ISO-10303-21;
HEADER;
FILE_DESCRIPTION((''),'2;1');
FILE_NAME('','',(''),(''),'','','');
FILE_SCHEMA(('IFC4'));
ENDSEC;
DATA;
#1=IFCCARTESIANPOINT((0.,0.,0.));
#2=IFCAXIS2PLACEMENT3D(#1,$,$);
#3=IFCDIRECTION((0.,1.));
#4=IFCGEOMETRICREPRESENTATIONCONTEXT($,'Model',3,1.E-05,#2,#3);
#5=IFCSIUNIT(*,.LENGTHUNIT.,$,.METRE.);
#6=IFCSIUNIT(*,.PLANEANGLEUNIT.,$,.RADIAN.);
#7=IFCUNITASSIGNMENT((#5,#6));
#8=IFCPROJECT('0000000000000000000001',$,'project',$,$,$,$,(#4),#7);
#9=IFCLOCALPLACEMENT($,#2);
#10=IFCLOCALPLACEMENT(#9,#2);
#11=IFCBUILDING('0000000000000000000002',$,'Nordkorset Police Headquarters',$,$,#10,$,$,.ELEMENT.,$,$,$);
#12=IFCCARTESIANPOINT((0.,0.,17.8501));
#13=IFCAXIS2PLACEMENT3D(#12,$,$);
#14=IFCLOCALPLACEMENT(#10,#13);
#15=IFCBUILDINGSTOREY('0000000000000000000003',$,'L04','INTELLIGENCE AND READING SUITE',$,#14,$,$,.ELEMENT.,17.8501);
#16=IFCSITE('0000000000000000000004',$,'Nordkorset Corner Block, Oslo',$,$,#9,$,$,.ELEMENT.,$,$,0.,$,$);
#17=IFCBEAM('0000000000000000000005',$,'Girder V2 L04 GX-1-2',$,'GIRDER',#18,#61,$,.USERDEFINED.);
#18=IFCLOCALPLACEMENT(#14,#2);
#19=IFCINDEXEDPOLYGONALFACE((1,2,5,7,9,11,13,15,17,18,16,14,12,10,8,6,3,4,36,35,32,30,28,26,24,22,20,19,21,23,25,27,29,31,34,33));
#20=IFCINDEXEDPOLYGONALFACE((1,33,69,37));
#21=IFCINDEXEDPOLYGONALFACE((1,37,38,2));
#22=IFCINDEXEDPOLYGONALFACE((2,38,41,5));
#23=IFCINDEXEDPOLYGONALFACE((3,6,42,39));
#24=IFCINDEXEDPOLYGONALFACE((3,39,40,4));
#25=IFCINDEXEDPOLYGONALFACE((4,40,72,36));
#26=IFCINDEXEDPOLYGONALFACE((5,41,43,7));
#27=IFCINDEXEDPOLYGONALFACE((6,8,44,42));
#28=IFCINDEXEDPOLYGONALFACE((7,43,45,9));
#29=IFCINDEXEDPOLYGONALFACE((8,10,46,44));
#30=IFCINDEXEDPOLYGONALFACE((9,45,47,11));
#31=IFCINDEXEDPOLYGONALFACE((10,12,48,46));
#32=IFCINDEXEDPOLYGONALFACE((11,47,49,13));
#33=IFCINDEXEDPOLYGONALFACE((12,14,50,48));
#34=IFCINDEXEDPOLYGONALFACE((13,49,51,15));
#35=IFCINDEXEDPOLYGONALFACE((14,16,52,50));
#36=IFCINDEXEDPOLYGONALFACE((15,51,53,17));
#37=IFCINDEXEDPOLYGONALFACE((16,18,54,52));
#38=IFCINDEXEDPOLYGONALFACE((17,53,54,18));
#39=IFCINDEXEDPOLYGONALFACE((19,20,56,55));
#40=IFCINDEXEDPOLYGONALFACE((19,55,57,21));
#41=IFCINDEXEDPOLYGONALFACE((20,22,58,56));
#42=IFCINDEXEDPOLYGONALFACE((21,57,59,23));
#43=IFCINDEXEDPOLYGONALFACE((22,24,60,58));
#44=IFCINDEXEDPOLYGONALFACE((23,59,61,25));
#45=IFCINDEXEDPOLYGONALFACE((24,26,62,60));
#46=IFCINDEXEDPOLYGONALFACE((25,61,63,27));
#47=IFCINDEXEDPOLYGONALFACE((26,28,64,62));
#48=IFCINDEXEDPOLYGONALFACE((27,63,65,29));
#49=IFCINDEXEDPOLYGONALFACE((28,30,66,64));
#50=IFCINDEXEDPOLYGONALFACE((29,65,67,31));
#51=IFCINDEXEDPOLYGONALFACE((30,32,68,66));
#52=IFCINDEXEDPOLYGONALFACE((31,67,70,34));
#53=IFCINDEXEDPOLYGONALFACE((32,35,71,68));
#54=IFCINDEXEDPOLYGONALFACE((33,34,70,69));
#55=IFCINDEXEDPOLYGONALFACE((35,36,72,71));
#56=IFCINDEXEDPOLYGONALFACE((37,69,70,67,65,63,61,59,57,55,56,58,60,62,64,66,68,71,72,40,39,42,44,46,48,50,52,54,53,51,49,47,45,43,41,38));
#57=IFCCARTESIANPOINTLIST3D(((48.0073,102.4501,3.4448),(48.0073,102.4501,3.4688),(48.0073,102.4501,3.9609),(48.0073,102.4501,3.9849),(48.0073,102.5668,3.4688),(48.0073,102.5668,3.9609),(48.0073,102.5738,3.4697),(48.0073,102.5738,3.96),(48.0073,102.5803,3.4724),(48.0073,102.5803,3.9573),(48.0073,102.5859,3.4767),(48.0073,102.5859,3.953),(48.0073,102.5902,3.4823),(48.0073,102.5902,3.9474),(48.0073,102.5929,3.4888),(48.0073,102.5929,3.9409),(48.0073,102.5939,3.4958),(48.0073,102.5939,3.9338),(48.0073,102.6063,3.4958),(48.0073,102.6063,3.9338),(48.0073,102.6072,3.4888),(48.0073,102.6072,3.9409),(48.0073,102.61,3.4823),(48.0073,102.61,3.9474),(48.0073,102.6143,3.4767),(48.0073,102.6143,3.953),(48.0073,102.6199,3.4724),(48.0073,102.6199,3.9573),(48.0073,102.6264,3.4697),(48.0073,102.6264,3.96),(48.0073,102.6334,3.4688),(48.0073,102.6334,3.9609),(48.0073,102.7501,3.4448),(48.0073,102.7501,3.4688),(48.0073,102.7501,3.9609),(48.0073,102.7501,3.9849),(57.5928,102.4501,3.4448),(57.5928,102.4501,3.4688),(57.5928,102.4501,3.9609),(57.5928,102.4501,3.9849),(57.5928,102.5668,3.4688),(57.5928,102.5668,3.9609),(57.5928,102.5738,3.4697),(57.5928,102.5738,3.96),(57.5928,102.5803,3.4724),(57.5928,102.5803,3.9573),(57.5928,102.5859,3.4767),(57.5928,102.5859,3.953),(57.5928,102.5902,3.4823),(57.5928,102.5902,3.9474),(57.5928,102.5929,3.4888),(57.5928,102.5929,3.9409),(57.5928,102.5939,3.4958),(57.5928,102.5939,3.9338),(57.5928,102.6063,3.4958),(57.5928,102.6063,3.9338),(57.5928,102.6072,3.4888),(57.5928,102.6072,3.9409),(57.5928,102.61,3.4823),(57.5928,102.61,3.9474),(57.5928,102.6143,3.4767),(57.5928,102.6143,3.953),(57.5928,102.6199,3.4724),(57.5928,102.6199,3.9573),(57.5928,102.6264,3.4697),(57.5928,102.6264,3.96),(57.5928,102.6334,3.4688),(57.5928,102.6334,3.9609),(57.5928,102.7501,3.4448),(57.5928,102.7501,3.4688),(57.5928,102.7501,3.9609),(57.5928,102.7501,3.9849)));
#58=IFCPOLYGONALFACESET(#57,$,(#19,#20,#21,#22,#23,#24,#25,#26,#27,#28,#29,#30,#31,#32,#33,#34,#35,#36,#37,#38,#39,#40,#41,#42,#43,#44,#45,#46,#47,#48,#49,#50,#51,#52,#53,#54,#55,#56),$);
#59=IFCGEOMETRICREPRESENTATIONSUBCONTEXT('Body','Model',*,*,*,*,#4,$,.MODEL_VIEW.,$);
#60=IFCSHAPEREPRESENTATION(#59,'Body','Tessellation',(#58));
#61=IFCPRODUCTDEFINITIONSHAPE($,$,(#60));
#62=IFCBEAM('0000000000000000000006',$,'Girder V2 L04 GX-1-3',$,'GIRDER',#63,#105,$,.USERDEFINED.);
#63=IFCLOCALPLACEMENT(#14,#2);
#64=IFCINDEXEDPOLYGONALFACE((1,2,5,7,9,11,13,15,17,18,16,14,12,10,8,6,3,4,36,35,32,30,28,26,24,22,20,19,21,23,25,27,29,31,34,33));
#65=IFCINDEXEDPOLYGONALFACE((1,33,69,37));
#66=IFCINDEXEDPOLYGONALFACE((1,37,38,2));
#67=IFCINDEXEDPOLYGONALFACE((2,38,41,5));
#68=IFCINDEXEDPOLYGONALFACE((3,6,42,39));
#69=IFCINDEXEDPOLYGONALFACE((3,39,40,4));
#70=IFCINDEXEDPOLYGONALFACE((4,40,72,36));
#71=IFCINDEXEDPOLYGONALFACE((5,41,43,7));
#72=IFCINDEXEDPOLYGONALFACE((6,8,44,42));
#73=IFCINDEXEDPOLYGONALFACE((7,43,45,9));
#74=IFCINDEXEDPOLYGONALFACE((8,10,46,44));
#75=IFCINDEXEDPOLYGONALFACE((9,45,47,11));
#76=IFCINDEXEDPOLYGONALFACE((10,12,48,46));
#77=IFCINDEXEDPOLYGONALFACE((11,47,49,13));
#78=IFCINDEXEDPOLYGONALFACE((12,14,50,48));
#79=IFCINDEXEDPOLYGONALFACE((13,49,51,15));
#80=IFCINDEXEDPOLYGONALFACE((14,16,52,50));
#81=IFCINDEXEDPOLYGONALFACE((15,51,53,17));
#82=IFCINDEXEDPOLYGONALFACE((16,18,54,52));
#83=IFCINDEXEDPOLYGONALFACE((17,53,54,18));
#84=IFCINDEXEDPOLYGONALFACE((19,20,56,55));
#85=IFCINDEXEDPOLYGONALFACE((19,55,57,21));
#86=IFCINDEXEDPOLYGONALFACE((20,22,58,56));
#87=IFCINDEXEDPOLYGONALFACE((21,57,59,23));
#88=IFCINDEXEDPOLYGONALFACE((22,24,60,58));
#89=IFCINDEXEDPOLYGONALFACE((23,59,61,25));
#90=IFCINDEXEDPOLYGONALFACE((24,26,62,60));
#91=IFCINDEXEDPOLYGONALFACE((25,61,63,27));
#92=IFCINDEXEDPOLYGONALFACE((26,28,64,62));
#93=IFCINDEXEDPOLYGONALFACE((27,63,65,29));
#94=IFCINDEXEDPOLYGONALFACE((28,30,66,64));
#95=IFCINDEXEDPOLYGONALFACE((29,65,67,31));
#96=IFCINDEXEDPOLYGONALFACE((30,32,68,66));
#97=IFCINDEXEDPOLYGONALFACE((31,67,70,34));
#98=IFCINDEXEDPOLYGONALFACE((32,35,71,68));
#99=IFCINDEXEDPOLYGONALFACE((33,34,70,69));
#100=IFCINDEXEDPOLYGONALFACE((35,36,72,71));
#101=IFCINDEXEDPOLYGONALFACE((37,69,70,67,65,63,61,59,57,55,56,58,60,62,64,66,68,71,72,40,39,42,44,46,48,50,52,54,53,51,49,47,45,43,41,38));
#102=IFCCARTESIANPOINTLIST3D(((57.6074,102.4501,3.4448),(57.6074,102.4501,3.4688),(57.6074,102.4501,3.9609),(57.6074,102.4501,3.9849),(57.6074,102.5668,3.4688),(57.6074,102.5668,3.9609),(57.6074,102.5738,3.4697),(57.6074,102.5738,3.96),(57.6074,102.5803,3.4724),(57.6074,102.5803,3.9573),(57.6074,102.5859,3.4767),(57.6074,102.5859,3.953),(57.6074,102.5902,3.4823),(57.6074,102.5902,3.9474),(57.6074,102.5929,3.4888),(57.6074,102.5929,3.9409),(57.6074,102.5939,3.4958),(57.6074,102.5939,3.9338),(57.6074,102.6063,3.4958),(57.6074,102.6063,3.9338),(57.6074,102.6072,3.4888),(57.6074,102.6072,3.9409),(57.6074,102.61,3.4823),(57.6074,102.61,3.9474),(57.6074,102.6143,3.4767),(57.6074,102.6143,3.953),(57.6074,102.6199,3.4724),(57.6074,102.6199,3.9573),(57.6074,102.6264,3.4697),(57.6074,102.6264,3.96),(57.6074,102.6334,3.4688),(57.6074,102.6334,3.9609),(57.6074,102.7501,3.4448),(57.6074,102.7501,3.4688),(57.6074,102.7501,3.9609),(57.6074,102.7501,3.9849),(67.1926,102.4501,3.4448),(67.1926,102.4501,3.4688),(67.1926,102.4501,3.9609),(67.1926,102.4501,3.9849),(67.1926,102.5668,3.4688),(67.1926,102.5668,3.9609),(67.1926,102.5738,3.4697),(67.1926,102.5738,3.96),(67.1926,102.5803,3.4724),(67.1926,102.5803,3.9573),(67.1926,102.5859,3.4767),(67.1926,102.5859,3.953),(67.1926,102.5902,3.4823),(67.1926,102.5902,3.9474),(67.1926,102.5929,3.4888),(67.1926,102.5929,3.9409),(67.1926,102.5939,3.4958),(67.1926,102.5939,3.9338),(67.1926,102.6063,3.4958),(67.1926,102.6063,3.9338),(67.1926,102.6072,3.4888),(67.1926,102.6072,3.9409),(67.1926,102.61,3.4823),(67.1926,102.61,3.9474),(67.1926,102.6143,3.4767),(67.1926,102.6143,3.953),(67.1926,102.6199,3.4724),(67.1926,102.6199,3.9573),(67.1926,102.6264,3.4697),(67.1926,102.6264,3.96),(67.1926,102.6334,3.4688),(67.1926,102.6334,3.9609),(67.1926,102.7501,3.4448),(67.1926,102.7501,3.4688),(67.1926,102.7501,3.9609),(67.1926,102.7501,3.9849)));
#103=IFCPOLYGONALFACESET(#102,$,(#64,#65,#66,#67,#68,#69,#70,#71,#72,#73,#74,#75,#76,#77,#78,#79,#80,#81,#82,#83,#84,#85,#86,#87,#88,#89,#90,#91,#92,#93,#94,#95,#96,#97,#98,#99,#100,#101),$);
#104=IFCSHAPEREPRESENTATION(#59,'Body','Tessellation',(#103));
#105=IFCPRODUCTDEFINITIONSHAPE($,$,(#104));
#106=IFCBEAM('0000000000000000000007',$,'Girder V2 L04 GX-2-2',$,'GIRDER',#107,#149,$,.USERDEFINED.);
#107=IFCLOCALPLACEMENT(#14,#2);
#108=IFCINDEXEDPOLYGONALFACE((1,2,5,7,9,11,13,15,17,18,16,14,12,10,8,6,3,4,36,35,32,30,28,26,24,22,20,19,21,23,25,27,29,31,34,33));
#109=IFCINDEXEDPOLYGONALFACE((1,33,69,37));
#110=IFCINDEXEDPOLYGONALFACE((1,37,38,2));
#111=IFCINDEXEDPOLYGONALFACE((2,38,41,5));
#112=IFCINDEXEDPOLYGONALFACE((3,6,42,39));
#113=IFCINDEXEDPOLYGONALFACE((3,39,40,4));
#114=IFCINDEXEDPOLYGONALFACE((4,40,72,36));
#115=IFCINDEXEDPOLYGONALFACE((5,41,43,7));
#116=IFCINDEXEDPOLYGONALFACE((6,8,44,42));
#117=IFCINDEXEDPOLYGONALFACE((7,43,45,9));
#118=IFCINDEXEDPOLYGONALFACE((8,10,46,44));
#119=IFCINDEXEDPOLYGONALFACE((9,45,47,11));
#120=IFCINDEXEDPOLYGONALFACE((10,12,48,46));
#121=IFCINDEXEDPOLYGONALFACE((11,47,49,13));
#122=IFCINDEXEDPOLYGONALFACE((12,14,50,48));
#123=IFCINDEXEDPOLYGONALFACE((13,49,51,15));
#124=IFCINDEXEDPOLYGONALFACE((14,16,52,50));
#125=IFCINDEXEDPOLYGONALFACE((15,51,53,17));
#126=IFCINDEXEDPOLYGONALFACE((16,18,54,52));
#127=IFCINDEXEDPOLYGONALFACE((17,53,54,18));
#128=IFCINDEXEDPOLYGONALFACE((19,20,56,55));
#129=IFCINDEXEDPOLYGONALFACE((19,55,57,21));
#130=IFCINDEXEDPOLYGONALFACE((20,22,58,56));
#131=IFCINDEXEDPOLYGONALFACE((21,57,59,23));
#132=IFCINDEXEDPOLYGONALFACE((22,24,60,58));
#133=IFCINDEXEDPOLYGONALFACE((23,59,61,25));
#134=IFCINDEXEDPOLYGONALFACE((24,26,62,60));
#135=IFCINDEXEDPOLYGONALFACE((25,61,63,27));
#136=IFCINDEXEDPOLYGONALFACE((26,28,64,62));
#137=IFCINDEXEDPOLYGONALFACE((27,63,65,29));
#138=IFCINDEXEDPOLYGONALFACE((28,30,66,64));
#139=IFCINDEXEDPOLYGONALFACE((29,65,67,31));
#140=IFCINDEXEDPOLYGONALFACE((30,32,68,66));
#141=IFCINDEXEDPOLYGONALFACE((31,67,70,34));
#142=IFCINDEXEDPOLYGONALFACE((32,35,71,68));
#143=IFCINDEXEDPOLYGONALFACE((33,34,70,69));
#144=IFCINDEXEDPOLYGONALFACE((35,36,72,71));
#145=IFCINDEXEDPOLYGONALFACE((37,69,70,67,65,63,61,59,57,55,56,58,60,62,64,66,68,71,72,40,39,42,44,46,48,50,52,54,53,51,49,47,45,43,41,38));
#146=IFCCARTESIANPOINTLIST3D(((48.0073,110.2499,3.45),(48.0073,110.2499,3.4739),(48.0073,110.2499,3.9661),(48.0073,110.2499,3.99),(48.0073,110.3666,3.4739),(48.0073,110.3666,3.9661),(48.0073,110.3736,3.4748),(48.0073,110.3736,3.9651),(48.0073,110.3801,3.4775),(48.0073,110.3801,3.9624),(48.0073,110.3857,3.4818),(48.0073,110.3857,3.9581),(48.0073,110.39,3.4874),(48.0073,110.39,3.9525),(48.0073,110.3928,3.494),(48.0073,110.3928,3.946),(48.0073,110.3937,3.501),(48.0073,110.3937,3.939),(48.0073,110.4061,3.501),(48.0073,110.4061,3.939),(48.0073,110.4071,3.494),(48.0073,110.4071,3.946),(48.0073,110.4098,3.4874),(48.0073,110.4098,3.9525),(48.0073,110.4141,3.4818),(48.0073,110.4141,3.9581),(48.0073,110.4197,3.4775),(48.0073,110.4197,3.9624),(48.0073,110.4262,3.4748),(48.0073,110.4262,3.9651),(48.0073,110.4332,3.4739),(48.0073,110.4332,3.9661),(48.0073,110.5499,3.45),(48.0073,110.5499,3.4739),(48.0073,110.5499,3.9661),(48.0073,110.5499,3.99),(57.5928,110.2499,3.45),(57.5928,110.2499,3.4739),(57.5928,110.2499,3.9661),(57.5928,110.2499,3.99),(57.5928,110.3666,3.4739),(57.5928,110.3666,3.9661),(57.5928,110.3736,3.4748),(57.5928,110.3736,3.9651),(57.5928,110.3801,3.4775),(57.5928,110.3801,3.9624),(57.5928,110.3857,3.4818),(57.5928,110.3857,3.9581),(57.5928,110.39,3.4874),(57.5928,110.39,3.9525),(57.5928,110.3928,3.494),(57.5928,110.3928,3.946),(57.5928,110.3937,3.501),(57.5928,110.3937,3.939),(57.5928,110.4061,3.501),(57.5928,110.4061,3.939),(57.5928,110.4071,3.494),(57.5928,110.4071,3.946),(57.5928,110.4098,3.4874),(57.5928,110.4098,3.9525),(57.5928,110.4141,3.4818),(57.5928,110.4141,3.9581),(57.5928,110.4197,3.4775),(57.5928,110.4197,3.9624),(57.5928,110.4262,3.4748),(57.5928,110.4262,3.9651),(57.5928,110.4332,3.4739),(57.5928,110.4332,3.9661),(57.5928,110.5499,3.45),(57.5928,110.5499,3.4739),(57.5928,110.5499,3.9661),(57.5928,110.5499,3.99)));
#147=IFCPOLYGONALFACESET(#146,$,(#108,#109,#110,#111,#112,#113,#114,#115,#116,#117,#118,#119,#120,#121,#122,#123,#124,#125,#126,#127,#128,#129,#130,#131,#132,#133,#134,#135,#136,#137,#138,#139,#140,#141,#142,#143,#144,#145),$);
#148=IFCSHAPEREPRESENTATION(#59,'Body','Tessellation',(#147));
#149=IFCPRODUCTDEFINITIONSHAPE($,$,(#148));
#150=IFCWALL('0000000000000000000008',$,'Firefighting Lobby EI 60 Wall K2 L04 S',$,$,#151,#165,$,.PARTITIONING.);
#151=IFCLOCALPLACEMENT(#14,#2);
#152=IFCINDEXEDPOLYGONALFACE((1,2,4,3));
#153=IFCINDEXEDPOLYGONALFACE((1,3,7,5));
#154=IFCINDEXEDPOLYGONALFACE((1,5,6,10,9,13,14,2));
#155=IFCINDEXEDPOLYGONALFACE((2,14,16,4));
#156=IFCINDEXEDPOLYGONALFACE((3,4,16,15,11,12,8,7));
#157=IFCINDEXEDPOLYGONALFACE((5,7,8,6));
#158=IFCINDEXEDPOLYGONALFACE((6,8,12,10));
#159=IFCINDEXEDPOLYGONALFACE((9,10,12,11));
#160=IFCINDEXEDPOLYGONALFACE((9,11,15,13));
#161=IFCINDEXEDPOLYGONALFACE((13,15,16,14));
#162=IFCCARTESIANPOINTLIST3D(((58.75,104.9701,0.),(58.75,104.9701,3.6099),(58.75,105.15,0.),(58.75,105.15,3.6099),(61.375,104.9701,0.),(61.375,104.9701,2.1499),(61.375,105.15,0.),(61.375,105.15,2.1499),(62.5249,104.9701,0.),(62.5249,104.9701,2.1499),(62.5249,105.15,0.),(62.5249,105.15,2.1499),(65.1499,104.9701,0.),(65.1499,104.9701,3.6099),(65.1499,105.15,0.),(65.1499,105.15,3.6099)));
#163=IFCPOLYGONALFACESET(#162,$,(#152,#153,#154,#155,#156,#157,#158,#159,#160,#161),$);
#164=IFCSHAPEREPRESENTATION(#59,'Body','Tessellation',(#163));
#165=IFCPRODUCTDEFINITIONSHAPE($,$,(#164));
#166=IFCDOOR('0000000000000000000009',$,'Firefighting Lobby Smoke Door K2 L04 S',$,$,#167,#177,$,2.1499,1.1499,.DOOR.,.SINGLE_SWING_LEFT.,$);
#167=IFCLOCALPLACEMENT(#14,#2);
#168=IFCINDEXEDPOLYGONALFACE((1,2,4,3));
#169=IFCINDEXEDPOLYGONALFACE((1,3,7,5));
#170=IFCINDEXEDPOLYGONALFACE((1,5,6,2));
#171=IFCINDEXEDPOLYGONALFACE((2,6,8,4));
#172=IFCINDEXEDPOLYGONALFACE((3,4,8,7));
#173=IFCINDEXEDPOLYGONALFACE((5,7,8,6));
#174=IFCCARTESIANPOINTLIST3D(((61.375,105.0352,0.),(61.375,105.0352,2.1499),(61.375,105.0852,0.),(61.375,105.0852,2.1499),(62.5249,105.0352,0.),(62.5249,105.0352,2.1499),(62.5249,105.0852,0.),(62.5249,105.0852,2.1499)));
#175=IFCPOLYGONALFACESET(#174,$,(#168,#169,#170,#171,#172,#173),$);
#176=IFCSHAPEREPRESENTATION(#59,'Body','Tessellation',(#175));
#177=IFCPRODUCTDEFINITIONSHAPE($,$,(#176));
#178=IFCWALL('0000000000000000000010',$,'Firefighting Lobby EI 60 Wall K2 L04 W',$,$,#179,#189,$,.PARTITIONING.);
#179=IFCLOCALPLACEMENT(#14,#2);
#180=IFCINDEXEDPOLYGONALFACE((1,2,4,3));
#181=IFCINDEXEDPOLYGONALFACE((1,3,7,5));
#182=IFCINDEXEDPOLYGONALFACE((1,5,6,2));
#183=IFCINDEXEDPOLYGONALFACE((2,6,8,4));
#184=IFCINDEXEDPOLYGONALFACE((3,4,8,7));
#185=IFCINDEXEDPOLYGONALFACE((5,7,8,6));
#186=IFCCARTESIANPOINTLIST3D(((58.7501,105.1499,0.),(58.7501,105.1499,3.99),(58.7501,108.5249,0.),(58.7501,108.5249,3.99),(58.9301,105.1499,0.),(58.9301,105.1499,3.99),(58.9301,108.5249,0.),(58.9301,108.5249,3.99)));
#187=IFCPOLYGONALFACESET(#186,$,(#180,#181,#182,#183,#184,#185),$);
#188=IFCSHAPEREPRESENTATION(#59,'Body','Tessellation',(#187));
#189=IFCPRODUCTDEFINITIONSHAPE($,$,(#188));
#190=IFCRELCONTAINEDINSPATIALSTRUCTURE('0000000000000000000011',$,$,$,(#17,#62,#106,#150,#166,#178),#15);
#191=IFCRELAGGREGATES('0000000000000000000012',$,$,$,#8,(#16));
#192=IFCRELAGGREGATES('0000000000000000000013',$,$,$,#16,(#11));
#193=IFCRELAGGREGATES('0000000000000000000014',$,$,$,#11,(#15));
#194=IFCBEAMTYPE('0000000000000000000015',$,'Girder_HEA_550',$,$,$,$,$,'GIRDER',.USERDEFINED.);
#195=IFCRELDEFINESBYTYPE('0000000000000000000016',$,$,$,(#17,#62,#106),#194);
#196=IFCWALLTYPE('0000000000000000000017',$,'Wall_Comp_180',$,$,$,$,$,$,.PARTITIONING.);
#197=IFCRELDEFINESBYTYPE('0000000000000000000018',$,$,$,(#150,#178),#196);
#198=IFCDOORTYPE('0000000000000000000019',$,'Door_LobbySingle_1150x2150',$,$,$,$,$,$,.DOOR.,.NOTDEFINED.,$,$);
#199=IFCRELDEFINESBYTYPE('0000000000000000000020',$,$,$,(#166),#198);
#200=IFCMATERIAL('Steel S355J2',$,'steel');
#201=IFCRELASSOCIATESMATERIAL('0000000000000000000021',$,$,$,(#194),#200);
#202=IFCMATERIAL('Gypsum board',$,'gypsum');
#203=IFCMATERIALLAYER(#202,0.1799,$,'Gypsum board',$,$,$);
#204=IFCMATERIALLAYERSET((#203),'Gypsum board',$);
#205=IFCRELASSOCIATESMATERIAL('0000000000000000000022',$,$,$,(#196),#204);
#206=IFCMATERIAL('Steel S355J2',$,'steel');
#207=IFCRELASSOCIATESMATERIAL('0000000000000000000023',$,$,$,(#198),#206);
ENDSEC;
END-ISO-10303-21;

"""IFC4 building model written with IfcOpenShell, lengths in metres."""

from ifc_helpers import new_model, si_unit, direction, frame, frame_2d, origin, origin_2d, place, context, subcontext, project, spatial, rectangle, i_section, extrude, material, layer, layer_set, material_profile, profile_set, type_object, element, fill, save


model = new_model("IFC4")

# Units and contexts
model_context = context("Model", 3, precision=1e-05, world=origin(), true_north=direction((0.0, 1.0)))
body_context = subcontext(model_context, "Body", "Model", "MODEL_VIEW")
ifc_project = project(units=[si_unit("LENGTHUNIT", "METRE"), si_unit("PLANEANGLEUNIT", "RADIAN")], contexts=[model_context])

# Site, building, storey
site_placement = place(None, origin())
site = spatial("IfcSite", under=ifc_project, at=site_placement, Name="Nordkorset Corner Block, Oslo", CompositionType="ELEMENT", RefElevation=0.0)
building_placement = place(site_placement, origin())
building = spatial("IfcBuilding", under=site, at=building_placement, Name="Nordkorset Police Headquarters", CompositionType="ELEMENT")
storey_placement = place(building_placement, frame((0.0, 0.0, 17.8501)))
storey = spatial("IfcBuildingStorey", under=building, at=storey_placement, Name="L04", Description="INTELLIGENCE AND READING SUITE", CompositionType="ELEMENT", Elevation=17.8501)

# Beams
ifc_material_1 = material(Name="Steel S355J2", Category="steel")
ifc_material_profile_1 = material_profile(ifc_material_1, i_section(OverallWidth=0.3, OverallDepth=0.54, WebThickness=0.0125, FlangeThickness=0.0239, FilletRadius=0.0271, at=origin_2d()), Name="HEA 550")
ifc_profile_set_1 = profile_set([ifc_material_profile_1], Name="Steel S355J2")
beam_type_1 = type_object("IfcBeamType", Name="Girder_HEA_550", ElementType="GIRDER", PredefinedType="USERDEFINED", material=ifc_profile_set_1)
beam_1_placement = place(storey_placement, frame((48.0073, 102.6001, 3.7148), z_axis=(1.0, 0.0, 0.0), x_axis=(0.0, 1.0, 0.0)))
element("IfcBeam", 1, at=beam_1_placement, inside=storey, type_object=beam_type_1, Name="Girder V2 L04 GX-1-2", ObjectType="GIRDER", PredefinedType="USERDEFINED", context=body_context, shape_type="SweptSolid", body=[
    extrude(i_section(OverallWidth=0.3, OverallDepth=0.54, WebThickness=0.0125, FlangeThickness=0.0239, FilletRadius=0.0271, at=origin_2d()), origin(), (0.0, 0.0, 1.0), 9.5854),
])
beam_2_placement = place(storey_placement, frame((57.6074, 102.6001, 3.7148), z_axis=(1.0, 0.0, 0.0), x_axis=(0.0, 1.0, 0.0)))
element("IfcBeam", 2, at=beam_2_placement, inside=storey, type_object=beam_type_1, Name="Girder V2 L04 GX-1-3", ObjectType="GIRDER", PredefinedType="USERDEFINED", context=body_context, shape_type="SweptSolid", body=[
    extrude(i_section(OverallWidth=0.3, OverallDepth=0.54, WebThickness=0.0125, FlangeThickness=0.0239, FilletRadius=0.0271, at=origin_2d()), origin(), (0.0, 0.0, 1.0), 9.5852),
])
beam_3_placement = place(storey_placement, frame((48.0073, 110.3999, 3.72), z_axis=(1.0, 0.0, 0.0), x_axis=(0.0, 1.0, 0.0)))
element("IfcBeam", 3, at=beam_3_placement, inside=storey, type_object=beam_type_1, Name="Girder V2 L04 GX-2-2", ObjectType="GIRDER", PredefinedType="USERDEFINED", context=body_context, shape_type="SweptSolid", body=[
    extrude(i_section(OverallWidth=0.3, OverallDepth=0.54, WebThickness=0.0125, FlangeThickness=0.0239, FilletRadius=0.0271, at=origin_2d()), origin(), (0.0, 0.0, 1.0), 9.5854),
])

# Wall, opening, door
ifc_material_2 = material(Name="Gypsum board", Category="gypsum")
ifc_layer_1 = layer(ifc_material_2, 0.1799, Name="Gypsum board")
ifc_layer_set_1 = layer_set([ifc_layer_1], Name="Gypsum board")
wall_type_1 = type_object("IfcWallType", Name="Wall_Comp_180", PredefinedType="PARTITIONING", material=ifc_layer_set_1)
wall_1_placement = place(storey_placement, frame((58.75, 105.0601, 0.0), z_axis=(0.0, 0.0, 1.0), x_axis=(1.0, 0.0, 0.0)))
wall_1 = element("IfcWall", 4, at=wall_1_placement, inside=storey, type_object=wall_type_1, Name="Firefighting Lobby EI 60 Wall K2 L04 S", PredefinedType="PARTITIONING", context=body_context, shape_type="SweptSolid", body=[
    extrude(rectangle(XDim=6.3999, YDim=0.1799, at=frame_2d((3.2, 0.0))), origin(), (0.0, 0.0, 1.0), 3.6099),
])
opening_1_placement = place(wall_1_placement, frame((2.625, 0.0, 0.0)))
opening_1 = element("IfcOpeningElement", 5, at=opening_1_placement, cuts=wall_1, PredefinedType="OPENING", context=body_context, shape_type="SweptSolid", body=[
    extrude(rectangle(XDim=1.1499, YDim=2.1499, at=frame_2d((0.575, 1.075))), frame((0.0, 0.1001, 0.0), z_axis=(0.0, -1.0, 0.0), x_axis=(1.0, 0.0, 0.0)), (0.0, 0.0, 1.0), 0.2),
])
ifc_material_3 = material(Name="Steel S355J2", Category="steel")
door_type_1 = type_object("IfcDoorType", Name="Door_LobbySingle_1150x2150", OperationType="NOTDEFINED", PredefinedType="DOOR", material=ifc_material_3)
door_1_placement = place(opening_1_placement, frame((1.1499, 0.0, 0.0), z_axis=(0.0, 0.0, 1.0), x_axis=(-1.0, 0.0, 0.0)))
door_1 = element("IfcDoor", 6, at=door_1_placement, inside=storey, type_object=door_type_1, Name="Firefighting Lobby Smoke Door K2 L04 S", OperationType="SINGLE_SWING_LEFT", OverallHeight=2.1499, OverallWidth=1.1499, PredefinedType="DOOR", context=body_context, shape_type="SweptSolid", body=[
    extrude(rectangle(XDim=1.1499, YDim=2.1499, at=frame_2d((0.575, 1.075))), frame((0.0, 0.0249, 0.0), z_axis=(0.0, -1.0, 0.0), x_axis=(1.0, 0.0, 0.0)), (0.0, 0.0, 1.0), 0.05),
])
fill(opening_1, door_1)

# Wall
wall_2_placement = place(storey_placement, frame((58.8401, 105.1499, 0.0), z_axis=(0.0, 0.0, 1.0), x_axis=(0.0, 1.0, 0.0)))
element("IfcWall", 7, at=wall_2_placement, inside=storey, type_object=wall_type_1, Name="Firefighting Lobby EI 60 Wall K2 L04 W", PredefinedType="PARTITIONING", context=body_context, shape_type="SweptSolid", body=[
    extrude(rectangle(XDim=3.375, YDim=0.1799, at=frame_2d((1.6875, 0.0))), origin(), (0.0, 0.0, 1.0), 3.99),
])

save(model, "model.ifc")
